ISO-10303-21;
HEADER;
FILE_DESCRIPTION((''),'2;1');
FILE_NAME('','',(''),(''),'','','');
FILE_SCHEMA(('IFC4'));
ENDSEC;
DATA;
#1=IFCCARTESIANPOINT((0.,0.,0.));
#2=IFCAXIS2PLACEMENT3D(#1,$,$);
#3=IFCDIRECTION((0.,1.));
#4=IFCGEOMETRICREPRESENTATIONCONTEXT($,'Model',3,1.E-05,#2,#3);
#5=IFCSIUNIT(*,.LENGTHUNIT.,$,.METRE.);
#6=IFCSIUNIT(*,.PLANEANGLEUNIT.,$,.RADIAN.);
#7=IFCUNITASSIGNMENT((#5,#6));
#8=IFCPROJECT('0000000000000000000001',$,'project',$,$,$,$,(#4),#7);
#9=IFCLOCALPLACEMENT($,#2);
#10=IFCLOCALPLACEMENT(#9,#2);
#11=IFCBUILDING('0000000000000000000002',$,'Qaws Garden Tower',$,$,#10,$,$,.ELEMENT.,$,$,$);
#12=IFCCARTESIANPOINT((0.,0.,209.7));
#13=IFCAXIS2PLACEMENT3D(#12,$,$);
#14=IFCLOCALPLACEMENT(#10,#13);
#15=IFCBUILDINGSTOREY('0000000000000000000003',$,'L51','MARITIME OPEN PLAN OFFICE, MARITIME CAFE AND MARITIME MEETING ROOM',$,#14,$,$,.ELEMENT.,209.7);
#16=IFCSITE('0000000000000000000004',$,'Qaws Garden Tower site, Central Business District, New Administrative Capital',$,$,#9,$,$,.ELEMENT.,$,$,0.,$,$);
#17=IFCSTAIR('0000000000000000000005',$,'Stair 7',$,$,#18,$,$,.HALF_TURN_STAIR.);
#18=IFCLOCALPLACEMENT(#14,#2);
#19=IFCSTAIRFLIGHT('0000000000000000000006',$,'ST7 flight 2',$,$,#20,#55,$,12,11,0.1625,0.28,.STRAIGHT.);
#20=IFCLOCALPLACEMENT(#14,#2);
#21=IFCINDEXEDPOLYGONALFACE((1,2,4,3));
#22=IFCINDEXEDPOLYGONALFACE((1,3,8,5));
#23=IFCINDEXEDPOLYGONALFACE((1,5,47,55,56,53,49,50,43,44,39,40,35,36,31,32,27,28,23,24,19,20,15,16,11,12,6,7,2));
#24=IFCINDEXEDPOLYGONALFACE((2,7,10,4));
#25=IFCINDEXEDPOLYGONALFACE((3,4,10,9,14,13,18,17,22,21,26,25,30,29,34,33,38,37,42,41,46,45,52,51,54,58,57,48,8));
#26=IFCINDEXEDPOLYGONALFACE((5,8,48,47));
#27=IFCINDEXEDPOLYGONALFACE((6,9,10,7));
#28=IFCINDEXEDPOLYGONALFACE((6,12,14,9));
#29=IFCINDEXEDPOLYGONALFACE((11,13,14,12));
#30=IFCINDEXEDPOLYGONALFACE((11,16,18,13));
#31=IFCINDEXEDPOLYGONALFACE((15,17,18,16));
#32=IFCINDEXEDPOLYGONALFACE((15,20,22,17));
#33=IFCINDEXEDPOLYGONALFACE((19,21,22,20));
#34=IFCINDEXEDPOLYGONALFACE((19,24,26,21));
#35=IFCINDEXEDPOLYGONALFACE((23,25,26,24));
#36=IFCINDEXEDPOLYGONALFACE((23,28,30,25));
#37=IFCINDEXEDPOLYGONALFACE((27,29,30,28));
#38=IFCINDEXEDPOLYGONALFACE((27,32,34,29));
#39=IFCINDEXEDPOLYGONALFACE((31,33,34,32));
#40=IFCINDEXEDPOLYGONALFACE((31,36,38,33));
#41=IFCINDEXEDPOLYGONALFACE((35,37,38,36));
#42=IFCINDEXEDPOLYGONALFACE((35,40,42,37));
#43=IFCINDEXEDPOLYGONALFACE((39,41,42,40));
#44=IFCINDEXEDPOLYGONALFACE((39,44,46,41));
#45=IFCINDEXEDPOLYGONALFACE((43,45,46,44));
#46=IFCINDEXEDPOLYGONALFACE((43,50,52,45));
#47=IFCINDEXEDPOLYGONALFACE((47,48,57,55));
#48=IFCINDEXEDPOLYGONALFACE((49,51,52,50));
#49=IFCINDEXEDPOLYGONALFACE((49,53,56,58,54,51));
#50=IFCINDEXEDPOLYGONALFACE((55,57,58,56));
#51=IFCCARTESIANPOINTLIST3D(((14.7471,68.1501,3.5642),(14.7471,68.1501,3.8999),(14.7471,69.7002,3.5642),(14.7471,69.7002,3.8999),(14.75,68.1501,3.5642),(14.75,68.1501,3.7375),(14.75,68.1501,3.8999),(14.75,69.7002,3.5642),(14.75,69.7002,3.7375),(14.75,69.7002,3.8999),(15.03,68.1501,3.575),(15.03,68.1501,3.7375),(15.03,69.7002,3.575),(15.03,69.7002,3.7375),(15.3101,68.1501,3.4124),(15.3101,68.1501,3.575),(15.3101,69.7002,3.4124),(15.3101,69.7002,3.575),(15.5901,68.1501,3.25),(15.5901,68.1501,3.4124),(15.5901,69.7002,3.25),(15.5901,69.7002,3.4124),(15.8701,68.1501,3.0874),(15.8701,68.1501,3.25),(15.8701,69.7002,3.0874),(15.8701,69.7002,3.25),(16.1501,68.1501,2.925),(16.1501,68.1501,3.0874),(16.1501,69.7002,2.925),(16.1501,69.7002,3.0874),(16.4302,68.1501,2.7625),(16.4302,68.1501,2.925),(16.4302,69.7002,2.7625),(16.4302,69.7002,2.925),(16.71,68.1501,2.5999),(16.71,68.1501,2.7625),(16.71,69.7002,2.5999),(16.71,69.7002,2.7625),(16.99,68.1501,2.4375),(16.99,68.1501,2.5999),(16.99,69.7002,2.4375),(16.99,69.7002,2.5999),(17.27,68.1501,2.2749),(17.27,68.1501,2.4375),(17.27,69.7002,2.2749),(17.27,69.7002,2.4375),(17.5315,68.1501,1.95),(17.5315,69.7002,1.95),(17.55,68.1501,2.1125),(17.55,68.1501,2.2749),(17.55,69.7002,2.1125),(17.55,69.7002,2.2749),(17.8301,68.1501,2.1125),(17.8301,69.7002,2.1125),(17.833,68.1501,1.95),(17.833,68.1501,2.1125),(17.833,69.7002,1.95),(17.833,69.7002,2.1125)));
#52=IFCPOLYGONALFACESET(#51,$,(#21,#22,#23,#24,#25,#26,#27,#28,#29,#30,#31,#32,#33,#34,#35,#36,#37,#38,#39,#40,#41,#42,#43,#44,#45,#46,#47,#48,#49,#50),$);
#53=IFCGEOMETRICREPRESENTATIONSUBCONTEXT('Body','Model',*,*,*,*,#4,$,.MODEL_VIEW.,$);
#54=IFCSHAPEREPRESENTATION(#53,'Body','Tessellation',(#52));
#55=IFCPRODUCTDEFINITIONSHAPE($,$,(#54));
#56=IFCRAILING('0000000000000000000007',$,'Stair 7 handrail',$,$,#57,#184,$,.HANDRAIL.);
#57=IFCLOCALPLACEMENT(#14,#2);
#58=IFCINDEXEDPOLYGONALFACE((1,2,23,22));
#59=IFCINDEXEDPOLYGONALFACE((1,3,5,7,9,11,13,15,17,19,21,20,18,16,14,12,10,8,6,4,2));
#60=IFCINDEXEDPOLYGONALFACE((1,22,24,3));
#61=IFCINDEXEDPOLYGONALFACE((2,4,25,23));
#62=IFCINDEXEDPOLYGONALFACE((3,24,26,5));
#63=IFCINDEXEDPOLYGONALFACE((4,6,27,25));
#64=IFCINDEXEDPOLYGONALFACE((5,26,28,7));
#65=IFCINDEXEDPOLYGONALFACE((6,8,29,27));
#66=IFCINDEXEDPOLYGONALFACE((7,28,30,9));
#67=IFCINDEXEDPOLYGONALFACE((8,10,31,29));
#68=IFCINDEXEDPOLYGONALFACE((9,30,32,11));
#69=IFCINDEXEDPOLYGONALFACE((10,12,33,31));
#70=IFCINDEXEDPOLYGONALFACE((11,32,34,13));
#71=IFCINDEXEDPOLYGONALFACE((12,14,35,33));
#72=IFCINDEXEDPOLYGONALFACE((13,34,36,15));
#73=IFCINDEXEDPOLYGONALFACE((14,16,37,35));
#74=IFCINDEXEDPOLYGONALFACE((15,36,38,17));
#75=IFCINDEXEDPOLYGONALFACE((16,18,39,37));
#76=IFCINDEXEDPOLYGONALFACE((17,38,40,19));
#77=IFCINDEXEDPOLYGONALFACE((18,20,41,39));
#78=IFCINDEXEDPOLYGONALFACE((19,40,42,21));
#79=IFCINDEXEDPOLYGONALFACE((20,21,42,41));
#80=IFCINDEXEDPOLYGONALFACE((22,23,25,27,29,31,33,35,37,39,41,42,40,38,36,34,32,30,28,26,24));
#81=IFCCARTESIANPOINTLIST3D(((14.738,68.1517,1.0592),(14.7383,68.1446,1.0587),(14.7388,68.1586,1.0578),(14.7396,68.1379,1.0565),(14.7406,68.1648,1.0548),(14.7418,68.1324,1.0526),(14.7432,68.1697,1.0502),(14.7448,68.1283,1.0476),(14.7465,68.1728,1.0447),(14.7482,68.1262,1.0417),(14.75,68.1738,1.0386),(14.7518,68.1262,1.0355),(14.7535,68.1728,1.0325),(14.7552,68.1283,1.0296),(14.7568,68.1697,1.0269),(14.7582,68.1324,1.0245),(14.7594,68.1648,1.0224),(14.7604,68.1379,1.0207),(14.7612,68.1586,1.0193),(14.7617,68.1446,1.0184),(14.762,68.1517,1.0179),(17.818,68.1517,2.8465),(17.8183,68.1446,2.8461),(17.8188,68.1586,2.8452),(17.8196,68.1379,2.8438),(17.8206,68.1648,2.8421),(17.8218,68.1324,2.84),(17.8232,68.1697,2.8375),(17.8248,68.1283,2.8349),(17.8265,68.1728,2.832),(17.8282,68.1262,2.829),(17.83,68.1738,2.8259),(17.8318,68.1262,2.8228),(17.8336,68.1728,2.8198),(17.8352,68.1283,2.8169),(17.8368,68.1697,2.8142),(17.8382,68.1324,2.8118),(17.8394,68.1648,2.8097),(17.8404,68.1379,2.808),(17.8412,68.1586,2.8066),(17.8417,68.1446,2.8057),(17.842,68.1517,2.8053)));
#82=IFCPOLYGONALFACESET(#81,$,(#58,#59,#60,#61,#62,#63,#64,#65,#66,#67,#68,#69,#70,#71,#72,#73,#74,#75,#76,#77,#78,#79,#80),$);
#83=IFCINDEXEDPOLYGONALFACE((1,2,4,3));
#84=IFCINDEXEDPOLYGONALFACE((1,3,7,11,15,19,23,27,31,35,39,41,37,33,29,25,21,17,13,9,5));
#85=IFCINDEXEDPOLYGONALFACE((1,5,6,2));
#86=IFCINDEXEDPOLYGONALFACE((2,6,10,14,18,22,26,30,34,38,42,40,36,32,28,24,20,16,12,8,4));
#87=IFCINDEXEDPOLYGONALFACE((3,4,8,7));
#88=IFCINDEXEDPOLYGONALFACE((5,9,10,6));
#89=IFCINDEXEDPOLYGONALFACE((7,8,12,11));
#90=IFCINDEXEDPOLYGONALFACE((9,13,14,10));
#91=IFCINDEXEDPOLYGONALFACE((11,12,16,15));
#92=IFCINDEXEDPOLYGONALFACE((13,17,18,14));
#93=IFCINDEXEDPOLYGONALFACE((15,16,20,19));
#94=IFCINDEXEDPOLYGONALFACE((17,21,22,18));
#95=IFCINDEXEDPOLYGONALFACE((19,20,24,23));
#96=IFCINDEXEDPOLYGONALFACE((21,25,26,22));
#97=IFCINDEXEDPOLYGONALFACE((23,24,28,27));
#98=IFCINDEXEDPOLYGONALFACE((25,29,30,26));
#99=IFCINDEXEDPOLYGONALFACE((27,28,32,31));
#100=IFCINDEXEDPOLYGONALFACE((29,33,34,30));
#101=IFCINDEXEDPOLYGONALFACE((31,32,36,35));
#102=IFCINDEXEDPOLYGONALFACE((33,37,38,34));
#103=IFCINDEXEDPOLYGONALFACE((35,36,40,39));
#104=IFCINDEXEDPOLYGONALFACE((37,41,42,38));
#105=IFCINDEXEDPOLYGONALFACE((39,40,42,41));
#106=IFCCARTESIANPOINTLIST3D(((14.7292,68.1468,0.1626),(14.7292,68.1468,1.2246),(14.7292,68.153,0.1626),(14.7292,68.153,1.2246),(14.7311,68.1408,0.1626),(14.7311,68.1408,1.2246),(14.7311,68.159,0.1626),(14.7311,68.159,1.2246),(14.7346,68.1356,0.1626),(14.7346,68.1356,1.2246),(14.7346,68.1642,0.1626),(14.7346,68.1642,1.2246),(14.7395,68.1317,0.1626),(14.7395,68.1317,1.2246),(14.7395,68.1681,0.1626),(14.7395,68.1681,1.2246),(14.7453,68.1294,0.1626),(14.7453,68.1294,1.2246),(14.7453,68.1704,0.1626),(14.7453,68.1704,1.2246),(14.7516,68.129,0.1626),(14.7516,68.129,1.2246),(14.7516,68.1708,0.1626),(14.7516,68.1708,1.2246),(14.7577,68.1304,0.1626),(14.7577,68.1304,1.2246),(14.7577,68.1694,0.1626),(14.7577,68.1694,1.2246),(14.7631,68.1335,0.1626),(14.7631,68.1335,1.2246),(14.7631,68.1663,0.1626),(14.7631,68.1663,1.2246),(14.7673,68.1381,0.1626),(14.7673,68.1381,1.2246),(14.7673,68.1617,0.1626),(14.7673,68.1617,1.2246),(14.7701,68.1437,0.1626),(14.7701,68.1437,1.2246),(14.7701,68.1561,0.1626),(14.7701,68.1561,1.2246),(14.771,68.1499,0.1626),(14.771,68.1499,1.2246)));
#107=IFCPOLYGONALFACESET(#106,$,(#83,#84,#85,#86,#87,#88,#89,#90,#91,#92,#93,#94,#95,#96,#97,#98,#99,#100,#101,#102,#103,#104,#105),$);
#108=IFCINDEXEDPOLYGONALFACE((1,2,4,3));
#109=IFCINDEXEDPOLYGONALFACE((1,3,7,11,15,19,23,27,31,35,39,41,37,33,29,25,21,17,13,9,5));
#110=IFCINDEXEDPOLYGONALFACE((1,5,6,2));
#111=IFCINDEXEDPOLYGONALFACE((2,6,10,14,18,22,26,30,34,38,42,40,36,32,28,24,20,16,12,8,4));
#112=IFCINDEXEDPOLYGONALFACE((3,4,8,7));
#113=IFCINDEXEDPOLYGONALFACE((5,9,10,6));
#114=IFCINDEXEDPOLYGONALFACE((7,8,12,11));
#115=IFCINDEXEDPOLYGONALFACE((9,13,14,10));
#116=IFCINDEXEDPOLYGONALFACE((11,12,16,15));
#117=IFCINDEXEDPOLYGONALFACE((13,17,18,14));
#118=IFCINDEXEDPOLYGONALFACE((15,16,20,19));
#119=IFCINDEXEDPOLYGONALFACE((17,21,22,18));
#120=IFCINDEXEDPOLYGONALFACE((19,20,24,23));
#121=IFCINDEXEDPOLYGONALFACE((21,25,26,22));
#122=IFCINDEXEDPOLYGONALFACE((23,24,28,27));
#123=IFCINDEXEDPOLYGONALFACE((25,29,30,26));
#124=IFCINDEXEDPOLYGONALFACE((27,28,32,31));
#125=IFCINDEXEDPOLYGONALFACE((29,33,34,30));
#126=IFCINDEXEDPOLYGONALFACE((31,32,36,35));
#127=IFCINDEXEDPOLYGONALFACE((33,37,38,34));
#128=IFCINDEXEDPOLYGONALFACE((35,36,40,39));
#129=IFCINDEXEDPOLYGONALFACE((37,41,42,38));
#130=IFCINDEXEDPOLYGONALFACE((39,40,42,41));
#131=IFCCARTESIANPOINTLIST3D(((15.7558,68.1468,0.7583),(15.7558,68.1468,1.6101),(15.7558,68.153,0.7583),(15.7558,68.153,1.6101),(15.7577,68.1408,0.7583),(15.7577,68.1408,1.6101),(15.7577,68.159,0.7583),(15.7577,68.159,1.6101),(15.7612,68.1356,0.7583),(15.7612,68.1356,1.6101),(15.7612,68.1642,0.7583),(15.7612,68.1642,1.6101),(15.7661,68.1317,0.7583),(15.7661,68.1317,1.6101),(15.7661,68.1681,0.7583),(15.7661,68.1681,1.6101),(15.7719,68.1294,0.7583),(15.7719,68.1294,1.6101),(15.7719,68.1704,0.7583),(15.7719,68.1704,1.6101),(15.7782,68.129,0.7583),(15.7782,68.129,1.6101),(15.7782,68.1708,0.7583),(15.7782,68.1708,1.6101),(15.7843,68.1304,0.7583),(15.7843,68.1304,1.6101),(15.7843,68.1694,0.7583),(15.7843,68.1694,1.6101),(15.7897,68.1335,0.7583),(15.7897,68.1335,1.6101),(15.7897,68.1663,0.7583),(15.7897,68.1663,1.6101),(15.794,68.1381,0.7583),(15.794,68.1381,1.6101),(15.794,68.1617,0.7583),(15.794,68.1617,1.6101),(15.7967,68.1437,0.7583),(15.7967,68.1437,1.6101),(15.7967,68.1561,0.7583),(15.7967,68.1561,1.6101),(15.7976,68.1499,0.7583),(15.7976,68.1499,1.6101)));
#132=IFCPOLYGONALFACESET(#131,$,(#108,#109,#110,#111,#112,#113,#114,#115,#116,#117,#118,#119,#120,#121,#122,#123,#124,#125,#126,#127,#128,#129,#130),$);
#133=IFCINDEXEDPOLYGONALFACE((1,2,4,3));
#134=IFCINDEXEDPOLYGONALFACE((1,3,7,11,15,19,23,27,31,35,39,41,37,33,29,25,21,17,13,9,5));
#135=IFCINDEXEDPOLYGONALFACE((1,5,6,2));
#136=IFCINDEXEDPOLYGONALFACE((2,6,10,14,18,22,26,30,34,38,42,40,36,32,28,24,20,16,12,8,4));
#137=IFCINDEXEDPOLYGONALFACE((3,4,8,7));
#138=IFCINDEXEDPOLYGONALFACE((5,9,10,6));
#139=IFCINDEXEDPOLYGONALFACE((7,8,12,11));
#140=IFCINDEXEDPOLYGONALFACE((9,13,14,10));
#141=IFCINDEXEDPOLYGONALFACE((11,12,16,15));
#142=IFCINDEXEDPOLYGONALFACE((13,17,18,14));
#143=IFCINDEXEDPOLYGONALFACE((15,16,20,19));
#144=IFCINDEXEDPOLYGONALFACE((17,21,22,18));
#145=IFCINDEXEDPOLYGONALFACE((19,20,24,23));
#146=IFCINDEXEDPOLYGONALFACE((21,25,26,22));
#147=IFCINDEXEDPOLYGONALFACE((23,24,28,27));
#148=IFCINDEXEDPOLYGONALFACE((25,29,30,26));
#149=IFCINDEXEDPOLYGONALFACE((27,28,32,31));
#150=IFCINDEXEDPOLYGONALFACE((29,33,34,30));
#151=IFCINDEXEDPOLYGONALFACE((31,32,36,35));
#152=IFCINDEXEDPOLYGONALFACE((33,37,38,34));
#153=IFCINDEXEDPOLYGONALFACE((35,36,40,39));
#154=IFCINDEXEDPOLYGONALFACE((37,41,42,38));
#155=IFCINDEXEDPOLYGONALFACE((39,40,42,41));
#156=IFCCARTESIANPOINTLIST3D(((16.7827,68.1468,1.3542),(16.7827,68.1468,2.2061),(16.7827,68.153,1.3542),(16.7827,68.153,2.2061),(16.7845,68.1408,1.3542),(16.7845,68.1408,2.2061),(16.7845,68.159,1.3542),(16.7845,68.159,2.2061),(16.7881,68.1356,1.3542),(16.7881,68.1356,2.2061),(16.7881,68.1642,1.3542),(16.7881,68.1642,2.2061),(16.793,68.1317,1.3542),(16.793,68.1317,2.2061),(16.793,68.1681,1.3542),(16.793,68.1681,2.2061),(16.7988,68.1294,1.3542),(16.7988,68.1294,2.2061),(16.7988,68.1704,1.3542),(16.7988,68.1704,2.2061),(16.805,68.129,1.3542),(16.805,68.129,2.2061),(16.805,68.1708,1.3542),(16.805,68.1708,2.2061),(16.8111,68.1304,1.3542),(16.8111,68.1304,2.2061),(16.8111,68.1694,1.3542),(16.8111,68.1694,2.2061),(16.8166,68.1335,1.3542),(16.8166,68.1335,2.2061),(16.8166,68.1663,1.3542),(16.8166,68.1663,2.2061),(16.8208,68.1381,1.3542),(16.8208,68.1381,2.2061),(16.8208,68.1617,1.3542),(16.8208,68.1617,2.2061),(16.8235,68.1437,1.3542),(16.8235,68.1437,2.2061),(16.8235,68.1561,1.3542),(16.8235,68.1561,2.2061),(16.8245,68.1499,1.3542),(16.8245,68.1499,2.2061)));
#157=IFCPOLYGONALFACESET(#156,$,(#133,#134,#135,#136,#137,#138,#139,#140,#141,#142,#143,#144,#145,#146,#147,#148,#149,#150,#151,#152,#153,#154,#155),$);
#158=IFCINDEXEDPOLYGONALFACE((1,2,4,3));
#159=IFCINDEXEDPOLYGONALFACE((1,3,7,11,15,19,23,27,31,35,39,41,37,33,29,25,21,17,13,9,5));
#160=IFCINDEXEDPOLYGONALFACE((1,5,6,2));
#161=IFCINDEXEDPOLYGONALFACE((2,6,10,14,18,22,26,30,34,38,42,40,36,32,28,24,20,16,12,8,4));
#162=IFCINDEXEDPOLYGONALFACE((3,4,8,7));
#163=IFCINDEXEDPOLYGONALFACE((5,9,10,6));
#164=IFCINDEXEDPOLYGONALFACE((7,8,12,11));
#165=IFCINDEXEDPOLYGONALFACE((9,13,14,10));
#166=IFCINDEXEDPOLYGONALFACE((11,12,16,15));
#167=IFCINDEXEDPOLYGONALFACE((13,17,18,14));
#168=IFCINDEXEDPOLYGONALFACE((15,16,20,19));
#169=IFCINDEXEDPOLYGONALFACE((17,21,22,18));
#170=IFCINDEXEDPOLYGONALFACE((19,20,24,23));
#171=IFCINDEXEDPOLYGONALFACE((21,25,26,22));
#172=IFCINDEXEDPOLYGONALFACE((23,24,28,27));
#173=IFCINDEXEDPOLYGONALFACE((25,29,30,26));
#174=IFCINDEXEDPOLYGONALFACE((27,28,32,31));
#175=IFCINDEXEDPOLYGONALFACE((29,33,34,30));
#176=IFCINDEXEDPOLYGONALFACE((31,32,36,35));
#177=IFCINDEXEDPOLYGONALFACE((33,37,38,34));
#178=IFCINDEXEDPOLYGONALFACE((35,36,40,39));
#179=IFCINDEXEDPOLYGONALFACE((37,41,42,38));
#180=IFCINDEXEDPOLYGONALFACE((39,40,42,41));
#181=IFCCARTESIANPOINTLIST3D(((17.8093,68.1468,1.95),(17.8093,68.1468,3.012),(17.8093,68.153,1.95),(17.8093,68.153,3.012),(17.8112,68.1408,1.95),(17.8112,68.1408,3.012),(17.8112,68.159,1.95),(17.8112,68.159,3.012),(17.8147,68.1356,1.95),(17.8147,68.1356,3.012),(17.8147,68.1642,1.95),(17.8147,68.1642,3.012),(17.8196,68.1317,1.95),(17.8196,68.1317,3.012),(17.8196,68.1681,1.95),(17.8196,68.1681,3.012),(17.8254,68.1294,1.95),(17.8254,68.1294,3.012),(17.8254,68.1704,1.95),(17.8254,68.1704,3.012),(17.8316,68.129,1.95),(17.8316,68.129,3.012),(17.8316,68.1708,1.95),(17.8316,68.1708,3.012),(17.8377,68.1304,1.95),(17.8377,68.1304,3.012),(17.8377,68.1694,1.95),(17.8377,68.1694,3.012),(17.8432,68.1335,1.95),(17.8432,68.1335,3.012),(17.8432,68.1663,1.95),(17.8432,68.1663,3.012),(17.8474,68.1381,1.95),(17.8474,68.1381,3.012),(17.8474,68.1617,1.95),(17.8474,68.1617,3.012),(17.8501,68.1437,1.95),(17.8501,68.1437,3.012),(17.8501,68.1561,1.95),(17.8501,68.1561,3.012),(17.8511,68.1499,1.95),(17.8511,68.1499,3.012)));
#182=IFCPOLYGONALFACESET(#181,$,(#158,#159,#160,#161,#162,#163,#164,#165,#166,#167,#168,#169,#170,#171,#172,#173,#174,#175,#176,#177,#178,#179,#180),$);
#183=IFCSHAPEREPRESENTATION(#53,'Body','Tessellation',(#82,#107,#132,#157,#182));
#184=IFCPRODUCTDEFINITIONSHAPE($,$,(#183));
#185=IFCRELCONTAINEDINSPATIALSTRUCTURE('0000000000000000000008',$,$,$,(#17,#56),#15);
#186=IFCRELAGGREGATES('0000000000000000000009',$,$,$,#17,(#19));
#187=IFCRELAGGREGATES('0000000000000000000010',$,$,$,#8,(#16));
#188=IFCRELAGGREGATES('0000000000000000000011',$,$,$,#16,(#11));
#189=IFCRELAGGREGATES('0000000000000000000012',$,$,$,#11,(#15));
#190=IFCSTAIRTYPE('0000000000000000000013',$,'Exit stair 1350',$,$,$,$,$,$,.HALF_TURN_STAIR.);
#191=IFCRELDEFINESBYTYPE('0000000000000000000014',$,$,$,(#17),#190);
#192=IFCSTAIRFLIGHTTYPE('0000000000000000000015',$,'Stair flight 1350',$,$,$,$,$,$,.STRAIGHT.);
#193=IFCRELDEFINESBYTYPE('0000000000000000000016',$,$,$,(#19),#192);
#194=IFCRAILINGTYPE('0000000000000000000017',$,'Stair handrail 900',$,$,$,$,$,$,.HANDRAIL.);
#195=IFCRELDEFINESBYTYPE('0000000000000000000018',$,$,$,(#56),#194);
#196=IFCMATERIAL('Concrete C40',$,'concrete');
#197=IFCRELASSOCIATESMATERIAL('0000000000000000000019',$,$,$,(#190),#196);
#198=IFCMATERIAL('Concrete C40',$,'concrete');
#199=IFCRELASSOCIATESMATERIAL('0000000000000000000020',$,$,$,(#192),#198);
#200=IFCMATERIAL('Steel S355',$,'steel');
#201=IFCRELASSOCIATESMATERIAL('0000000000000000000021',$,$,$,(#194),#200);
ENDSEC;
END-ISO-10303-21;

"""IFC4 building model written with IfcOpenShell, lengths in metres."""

from ifc_helpers import new_model, si_unit, direction, frame, origin, origin_2d, place, context, subcontext, project, spatial, polyline, circle, outline, extrude, material, type_object, element, aggregate, save


model = new_model("IFC4")

# Units and contexts
model_context = context("Model", 3, precision=1e-05, world=origin(), true_north=direction((0.0, 1.0)))
body_context = subcontext(model_context, "Body", "Model", "MODEL_VIEW")
ifc_project = project(units=[si_unit("LENGTHUNIT", "METRE"), si_unit("PLANEANGLEUNIT", "RADIAN")], contexts=[model_context])

# Site, building, storey
site_placement = place(None, origin())
site = spatial("IfcSite", under=ifc_project, at=site_placement, Name="Qaws Garden Tower site, Central Business District, New Administrative Capital", CompositionType="ELEMENT", RefElevation=0.0)
building_placement = place(site_placement, origin())
building = spatial("IfcBuilding", under=site, at=building_placement, Name="Qaws Garden Tower", CompositionType="ELEMENT")
storey_placement = place(building_placement, frame((0.0, 0.0, 209.7)))
storey = spatial("IfcBuildingStorey", under=building, at=storey_placement, Name="L51", Description="MARITIME OPEN PLAN OFFICE, MARITIME CAFE AND MARITIME MEETING ROOM", CompositionType="ELEMENT", Elevation=209.7)

# Stair, stair flight
ifc_material_1 = material(Name="Concrete C40", Category="concrete")
stair_type = type_object("IfcStairType", Name="Exit stair 1350", PredefinedType="HALF_TURN_STAIR", material=ifc_material_1)
stair_placement = place(storey_placement, origin())
stair = element("IfcStair", 1, at=stair_placement, inside=storey, type_object=stair_type, Name="Stair 7", PredefinedType="HALF_TURN_STAIR")
ifc_material_2 = material(Name="Concrete C40", Category="concrete")
stair_flight_type = type_object("IfcStairFlightType", Name="Stair flight 1350", PredefinedType="STRAIGHT", material=ifc_material_2)
stair_flight_placement = place(storey_placement, frame((17.8301, 68.925, 1.95), z_axis=(0.0, 0.0, 1.0), x_axis=(-1.0, 0.0, 0.0)))
stair_flight = element("IfcStairFlight", 2, at=stair_flight_placement, type_object=stair_flight_type, Name="ST7 flight 2", NumberOfRisers=12, NumberOfTreads=11, PredefinedType="STRAIGHT", RiserHeight=0.1625, TreadLength=0.28, context=body_context, shape_type="SweptSolid", body=[
    extrude(outline(polyline([(-0.0029, 0.0), (-0.0029, 0.1626), (0.0, 0.1626), (0.28, 0.1626), (0.28, 0.325), (0.5601, 0.325), (0.5601, 0.4875), (0.8401, 0.4875), (0.8401, 0.6499), (1.1201, 0.6499), (1.1201, 0.8125), (1.3999, 0.8125), (1.3999, 0.9751), (1.6799, 0.9751), (1.6799, 1.1375), (1.96, 1.1375), (1.96, 1.3), (2.24, 1.3), (2.24, 1.4624), (2.52, 1.4624), (2.52, 1.625), (2.8, 1.625), (2.8, 1.7876), (3.0801, 1.7876), (3.0801, 1.95), (3.083, 1.95), (3.083, 1.6143), (3.0801, 1.6143), (0.2986, 0.0), (-0.0029, 0.0)])), frame((0.0, 0.7749, 0.0), z_axis=(0.0, -1.0, 0.0), x_axis=(1.0, 0.0, 0.0)), (0.0, 0.0, 1.0), 1.55),
])
aggregate(stair, [stair_flight])

# Railing
ifc_material_3 = material(Name="Steel S355", Category="steel")
railing_type = type_object("IfcRailingType", Name="Stair handrail 900", PredefinedType="HANDRAIL", material=ifc_material_3)
railing_1_placement = place(storey_placement, frame((14.75, 68.1499, 0.1626)))
element("IfcRailing", 3, at=railing_1_placement, inside=storey, type_object=railing_type, Name="Stair 7 handrail", PredefinedType="HANDRAIL", context=body_context, shape_type="SweptSolid", body=[
    extrude(circle(Radius=0.0239, at=origin_2d()), frame((0.0, 0.0, 0.876), z_axis=(0.86492, 0.0, 0.501909), x_axis=(0.0, 1.0, 0.0)), (0.0, 0.0, 1.0), 3.561),
    extrude(circle(Radius=0.021, at=origin_2d()), origin(), (0.0, 0.0, 1.0), 1.062),
    extrude(circle(Radius=0.021, at=origin_2d()), frame((1.0266, 0.0, 0.5957)), (0.0, 0.0, 1.0), 0.8518),
    extrude(circle(Radius=0.021, at=origin_2d()), frame((2.0535, 0.0, 1.1917)), (0.0, 0.0, 1.0), 0.8518),
    extrude(circle(Radius=0.021, at=origin_2d()), frame((3.0801, 0.0, 1.7874)), (0.0, 0.0, 1.0), 1.062),
])

save(model, "model.ifc")
